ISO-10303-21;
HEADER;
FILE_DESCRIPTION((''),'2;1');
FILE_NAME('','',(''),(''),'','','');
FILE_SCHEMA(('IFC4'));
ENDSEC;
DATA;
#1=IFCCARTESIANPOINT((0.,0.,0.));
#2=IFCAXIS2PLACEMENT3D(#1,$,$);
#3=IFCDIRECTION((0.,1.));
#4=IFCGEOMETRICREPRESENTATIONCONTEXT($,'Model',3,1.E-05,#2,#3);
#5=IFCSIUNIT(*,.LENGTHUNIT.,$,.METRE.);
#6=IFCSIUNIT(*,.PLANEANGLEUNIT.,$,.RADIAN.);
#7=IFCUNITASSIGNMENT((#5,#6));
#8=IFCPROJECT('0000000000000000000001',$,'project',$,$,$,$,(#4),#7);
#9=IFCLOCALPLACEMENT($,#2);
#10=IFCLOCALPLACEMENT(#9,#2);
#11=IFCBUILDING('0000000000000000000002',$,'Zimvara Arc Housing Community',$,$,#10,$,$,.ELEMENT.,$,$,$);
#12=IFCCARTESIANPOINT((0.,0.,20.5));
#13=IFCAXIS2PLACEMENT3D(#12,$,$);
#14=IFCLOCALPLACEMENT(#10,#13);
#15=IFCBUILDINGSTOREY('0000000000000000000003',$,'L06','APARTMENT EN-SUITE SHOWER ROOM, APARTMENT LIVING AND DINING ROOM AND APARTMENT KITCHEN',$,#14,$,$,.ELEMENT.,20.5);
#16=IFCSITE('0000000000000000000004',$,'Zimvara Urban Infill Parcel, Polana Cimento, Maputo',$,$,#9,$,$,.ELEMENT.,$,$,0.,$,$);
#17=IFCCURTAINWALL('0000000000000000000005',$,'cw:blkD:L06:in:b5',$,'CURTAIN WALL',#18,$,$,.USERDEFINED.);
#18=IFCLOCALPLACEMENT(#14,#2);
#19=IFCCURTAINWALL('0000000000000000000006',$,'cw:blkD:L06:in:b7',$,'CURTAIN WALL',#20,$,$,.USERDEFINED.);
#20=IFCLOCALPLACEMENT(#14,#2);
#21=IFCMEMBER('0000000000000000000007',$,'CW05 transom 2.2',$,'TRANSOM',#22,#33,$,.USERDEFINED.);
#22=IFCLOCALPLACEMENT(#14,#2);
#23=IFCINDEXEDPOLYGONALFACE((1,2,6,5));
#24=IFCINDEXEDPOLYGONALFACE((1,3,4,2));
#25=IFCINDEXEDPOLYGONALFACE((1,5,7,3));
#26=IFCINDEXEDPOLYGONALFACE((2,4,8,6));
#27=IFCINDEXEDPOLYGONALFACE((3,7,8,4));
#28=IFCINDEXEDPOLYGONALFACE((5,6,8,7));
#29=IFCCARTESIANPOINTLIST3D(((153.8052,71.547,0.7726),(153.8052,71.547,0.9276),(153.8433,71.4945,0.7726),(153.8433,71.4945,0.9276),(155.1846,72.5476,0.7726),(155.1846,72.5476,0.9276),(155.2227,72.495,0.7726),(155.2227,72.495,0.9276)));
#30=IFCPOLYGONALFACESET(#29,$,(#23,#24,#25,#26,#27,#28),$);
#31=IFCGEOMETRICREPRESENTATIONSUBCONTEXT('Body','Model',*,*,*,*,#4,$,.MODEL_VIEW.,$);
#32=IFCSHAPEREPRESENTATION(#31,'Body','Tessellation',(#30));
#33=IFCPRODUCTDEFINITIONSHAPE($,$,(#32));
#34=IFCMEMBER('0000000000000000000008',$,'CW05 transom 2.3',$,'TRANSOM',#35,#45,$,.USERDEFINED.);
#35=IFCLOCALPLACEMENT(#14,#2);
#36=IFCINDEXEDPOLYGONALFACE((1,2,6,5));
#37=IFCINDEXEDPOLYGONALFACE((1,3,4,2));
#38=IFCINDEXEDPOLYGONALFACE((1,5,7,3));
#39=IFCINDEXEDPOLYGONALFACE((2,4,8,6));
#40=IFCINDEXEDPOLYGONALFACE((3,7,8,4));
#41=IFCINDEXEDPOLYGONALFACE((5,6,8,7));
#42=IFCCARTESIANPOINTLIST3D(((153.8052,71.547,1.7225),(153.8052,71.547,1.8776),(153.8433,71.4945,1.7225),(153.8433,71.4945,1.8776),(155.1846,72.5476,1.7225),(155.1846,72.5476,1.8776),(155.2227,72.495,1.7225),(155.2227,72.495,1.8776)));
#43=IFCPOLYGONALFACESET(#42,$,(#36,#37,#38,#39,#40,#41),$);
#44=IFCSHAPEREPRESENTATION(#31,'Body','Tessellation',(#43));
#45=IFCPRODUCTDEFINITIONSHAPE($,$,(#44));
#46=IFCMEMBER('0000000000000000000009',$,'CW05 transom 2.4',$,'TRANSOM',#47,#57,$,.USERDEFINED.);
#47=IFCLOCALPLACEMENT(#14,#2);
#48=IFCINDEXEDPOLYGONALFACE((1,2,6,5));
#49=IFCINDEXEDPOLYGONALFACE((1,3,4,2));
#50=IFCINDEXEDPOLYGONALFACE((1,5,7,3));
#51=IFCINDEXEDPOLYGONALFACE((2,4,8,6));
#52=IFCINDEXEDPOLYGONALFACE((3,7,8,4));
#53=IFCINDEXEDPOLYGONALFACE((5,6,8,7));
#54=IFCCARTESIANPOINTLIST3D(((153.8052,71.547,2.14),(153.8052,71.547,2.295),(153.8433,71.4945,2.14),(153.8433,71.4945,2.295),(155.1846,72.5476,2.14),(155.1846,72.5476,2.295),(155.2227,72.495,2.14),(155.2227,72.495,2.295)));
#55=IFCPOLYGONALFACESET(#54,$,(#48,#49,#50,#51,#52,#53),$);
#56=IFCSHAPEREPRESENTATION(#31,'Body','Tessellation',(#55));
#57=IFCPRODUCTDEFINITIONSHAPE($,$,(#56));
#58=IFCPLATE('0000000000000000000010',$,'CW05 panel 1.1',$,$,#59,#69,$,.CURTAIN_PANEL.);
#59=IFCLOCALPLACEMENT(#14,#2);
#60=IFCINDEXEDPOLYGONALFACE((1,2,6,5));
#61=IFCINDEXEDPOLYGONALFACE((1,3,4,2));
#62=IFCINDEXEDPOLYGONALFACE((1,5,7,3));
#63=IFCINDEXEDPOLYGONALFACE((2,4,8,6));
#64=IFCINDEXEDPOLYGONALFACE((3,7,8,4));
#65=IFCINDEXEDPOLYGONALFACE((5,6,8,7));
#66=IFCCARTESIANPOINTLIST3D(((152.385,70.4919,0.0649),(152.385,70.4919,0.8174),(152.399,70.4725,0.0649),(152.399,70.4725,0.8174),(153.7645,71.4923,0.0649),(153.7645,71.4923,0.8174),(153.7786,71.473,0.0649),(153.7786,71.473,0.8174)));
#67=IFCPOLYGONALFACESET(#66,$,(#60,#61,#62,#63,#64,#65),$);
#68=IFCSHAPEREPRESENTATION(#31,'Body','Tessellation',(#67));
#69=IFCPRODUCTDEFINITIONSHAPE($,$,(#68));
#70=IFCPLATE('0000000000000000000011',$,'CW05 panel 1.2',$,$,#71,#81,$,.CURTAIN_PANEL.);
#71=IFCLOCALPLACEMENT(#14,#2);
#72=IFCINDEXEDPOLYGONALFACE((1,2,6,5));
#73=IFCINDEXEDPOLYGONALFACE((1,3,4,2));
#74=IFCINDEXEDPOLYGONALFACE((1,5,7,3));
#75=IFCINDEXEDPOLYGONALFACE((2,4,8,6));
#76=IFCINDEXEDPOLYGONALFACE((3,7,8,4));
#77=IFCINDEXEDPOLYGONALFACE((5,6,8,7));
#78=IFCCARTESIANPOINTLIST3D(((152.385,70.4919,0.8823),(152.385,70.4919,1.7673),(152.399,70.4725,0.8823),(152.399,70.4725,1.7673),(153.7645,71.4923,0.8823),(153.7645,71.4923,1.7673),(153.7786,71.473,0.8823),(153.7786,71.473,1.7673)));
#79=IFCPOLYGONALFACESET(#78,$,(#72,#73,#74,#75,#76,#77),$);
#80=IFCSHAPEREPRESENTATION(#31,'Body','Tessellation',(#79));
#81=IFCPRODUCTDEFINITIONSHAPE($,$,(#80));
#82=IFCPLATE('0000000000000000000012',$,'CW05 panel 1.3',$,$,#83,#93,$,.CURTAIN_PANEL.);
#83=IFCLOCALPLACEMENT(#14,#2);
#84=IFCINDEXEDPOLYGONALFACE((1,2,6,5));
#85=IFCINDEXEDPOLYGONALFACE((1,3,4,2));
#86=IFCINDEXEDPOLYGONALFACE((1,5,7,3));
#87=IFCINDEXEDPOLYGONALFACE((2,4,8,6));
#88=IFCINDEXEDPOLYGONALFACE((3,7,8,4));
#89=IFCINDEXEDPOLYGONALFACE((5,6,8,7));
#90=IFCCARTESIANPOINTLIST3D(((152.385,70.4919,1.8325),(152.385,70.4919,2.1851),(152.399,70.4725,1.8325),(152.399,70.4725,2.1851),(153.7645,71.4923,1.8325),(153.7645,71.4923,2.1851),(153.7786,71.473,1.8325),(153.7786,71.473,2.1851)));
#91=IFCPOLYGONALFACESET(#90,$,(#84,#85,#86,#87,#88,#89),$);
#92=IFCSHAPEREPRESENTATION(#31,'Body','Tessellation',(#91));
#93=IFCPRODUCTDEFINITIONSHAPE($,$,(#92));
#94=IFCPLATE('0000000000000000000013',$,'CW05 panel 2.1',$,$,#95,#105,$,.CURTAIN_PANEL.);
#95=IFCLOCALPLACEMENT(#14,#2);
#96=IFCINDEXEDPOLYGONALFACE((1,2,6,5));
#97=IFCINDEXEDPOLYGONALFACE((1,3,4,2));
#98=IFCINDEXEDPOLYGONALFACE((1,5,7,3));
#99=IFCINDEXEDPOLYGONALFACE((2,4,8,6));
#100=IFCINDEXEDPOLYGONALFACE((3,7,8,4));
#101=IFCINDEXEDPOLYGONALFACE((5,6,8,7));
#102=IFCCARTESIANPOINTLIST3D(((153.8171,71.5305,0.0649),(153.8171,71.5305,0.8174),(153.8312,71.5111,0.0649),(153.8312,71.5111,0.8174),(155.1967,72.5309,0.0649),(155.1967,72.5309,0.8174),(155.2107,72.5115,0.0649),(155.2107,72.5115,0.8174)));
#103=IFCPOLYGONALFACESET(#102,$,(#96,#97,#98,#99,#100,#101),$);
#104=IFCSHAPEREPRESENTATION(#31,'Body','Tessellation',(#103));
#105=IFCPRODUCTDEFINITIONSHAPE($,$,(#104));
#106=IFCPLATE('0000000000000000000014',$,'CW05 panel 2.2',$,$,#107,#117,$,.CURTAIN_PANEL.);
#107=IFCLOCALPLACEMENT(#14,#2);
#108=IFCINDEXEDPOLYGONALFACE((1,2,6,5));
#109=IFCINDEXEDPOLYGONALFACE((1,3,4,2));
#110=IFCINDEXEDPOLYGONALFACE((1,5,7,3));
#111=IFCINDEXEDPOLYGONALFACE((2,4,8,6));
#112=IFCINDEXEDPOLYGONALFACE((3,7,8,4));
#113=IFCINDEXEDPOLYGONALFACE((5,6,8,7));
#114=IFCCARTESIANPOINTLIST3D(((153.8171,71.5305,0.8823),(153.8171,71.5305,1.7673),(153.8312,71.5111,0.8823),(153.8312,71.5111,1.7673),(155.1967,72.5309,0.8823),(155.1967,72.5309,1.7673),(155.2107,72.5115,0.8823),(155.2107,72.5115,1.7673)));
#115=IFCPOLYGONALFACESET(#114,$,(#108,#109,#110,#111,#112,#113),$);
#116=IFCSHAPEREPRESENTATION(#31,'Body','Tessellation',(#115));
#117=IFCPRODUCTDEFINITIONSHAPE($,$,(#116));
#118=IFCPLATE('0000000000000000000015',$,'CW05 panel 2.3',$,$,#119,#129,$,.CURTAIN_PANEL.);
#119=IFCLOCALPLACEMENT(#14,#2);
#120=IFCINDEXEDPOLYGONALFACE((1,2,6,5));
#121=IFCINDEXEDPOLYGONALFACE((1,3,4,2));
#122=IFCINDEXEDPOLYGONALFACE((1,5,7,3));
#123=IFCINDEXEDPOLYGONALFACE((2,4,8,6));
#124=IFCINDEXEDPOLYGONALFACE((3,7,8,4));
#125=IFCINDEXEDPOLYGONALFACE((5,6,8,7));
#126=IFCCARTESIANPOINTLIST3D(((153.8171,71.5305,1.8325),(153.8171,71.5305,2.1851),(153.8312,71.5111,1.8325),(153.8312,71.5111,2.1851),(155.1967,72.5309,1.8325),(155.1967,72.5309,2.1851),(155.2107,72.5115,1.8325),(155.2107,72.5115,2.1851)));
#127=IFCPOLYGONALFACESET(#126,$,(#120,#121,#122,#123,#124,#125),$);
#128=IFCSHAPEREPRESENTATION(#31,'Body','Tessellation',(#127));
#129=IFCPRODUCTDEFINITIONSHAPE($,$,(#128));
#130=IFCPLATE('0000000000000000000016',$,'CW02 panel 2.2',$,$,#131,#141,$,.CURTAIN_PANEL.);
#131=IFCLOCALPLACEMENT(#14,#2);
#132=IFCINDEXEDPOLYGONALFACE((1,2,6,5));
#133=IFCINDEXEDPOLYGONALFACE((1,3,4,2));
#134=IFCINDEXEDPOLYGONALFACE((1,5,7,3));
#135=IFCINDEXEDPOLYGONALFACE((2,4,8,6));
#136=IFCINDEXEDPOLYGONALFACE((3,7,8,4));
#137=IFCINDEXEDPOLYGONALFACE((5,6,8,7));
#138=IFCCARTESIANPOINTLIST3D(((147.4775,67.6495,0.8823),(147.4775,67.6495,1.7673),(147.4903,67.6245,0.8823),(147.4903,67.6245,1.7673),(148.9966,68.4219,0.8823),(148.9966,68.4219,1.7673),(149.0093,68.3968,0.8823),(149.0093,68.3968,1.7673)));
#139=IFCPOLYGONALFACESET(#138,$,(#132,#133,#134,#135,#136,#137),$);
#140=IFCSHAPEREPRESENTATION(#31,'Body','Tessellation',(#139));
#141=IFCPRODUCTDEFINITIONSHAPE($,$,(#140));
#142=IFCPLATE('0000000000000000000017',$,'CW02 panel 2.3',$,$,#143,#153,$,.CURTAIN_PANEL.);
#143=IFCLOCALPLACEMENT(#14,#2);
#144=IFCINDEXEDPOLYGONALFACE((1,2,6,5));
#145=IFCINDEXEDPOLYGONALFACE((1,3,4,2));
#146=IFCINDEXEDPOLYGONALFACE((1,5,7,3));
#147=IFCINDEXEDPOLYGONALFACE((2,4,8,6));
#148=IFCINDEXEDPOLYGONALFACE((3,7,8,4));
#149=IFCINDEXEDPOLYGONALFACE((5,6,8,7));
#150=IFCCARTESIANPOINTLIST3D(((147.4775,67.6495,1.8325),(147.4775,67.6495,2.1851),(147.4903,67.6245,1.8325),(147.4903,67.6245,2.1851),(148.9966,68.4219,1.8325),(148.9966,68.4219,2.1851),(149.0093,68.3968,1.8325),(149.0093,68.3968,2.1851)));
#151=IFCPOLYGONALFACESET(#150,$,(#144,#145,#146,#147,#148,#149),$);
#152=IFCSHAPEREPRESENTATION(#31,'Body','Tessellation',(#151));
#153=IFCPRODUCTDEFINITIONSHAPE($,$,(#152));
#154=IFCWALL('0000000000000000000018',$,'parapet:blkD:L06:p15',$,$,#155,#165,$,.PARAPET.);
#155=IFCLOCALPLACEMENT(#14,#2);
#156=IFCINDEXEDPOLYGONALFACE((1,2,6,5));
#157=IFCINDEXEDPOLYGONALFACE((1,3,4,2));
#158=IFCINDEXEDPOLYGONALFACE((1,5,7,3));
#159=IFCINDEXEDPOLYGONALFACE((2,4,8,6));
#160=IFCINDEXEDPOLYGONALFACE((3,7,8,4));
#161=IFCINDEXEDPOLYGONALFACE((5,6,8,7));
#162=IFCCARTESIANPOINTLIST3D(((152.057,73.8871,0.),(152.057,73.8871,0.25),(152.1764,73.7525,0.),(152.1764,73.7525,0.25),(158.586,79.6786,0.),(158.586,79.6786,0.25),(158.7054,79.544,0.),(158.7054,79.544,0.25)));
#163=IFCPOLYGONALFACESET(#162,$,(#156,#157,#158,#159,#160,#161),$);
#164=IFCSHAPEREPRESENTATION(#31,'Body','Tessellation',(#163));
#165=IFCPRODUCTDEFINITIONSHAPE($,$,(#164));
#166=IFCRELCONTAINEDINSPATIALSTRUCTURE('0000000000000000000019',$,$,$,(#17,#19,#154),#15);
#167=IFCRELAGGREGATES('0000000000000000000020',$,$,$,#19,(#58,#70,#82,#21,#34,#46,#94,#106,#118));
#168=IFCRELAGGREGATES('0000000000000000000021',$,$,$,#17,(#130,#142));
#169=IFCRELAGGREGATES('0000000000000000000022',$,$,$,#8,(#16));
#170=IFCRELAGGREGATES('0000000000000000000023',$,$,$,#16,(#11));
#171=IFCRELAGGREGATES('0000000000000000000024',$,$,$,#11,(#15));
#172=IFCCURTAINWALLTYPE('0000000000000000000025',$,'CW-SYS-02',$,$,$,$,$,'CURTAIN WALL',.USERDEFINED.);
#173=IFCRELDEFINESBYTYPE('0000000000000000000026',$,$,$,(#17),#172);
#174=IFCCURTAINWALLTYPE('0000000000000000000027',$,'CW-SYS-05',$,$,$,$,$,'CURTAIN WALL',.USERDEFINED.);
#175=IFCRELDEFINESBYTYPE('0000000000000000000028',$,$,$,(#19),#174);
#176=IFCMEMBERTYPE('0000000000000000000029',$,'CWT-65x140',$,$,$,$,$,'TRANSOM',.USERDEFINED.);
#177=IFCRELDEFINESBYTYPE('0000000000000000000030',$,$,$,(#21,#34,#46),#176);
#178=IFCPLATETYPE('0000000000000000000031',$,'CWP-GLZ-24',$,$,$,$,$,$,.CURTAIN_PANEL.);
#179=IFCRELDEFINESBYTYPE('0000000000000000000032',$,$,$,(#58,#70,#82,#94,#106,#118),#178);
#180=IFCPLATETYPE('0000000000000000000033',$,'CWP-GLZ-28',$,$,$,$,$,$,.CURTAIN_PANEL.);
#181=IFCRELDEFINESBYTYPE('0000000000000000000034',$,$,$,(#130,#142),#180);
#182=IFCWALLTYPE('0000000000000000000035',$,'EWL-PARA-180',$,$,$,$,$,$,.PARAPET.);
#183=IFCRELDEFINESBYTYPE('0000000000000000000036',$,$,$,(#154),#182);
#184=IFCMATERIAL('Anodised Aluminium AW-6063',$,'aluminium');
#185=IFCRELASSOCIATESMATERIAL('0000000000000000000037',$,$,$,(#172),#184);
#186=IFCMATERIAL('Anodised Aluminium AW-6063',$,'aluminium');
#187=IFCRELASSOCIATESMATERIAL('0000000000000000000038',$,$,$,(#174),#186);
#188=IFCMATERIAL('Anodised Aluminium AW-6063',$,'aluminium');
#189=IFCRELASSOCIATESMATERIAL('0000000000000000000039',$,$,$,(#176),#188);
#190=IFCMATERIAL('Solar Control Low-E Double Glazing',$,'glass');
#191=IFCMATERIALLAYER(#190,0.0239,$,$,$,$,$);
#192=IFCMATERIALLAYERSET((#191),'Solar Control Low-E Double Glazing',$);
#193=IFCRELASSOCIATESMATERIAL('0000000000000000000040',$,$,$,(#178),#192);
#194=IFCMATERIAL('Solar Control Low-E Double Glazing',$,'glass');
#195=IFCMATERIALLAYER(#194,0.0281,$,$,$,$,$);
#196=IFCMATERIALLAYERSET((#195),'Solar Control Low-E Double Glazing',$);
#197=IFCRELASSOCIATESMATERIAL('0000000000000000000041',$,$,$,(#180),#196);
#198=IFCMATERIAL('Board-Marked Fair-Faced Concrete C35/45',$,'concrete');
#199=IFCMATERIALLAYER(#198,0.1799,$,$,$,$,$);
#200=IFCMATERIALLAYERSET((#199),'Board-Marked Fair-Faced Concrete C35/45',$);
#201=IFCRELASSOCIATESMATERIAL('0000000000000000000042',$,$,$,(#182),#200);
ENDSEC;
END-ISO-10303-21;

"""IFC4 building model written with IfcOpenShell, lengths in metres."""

from ifc_helpers import new_model, si_unit, direction, frame, frame_2d, origin, origin_2d, place, context, subcontext, project, spatial, rectangle, extrude, material, layer, layer_set, material_profile, profile_set, type_object, element, aggregate, save


model = new_model("IFC4")

# Units and contexts
model_context = context("Model", 3, precision=1e-05, world=origin(), true_north=direction((0.0, 1.0)))
body_context = subcontext(model_context, "Body", "Model", "MODEL_VIEW")
ifc_project = project(units=[si_unit("LENGTHUNIT", "METRE"), si_unit("PLANEANGLEUNIT", "RADIAN")], contexts=[model_context])

# Site, building, storey
site_placement = place(None, origin())
site = spatial("IfcSite", under=ifc_project, at=site_placement, Name="Zimvara Urban Infill Parcel, Polana Cimento, Maputo", CompositionType="ELEMENT", RefElevation=0.0)
building_placement = place(site_placement, origin())
building = spatial("IfcBuilding", under=site, at=building_placement, Name="Zimvara Arc Housing Community", CompositionType="ELEMENT")
storey_placement = place(building_placement, frame((0.0, 0.0, 20.5)))
storey = spatial("IfcBuildingStorey", under=building, at=storey_placement, Name="L06", Description="APARTMENT EN-SUITE SHOWER ROOM, APARTMENT LIVING AND DINING ROOM AND APARTMENT KITCHEN", CompositionType="ELEMENT", Elevation=20.5)

# Curtain wall
ifc_material_1 = material(Name="Anodised Aluminium AW-6063", Category="aluminium")
curtain_wall_type_1 = type_object("IfcCurtainWallType", Name="CW-SYS-02", ElementType="CURTAIN WALL", PredefinedType="USERDEFINED", material=ifc_material_1)
curtain_wall_1_placement = place(storey_placement, origin())
curtain_wall_1 = element("IfcCurtainWall", 1, at=curtain_wall_1_placement, inside=storey, type_object=curtain_wall_type_1, Name="cw:blkD:L06:in:b5", ObjectType="CURTAIN WALL", PredefinedType="USERDEFINED")

# Curtain wall, members, plates
ifc_material_2 = material(Name="Anodised Aluminium AW-6063", Category="aluminium")
curtain_wall_type_2 = type_object("IfcCurtainWallType", Name="CW-SYS-05", ElementType="CURTAIN WALL", PredefinedType="USERDEFINED", material=ifc_material_2)
curtain_wall_2_placement = place(storey_placement, origin())
curtain_wall_2 = element("IfcCurtainWall", 2, at=curtain_wall_2_placement, inside=storey, type_object=curtain_wall_type_2, Name="cw:blkD:L06:in:b7", ObjectType="CURTAIN WALL", PredefinedType="USERDEFINED")
ifc_material_3 = material(Name="Anodised Aluminium AW-6063", Category="aluminium")
ifc_material_profile_1 = material_profile(ifc_material_3, rectangle(XDim=0.0649, YDim=0.155, at=origin_2d()), Name="ALU 65x155")
ifc_profile_set_1 = profile_set([ifc_material_profile_1], Name="Anodised Aluminium AW-6063")
member_type_1 = type_object("IfcMemberType", Name="CWT-65x140", ElementType="TRANSOM", PredefinedType="USERDEFINED", material=ifc_profile_set_1)
member_1_placement = place(storey_placement, frame((153.8242, 71.5208, 0.8501), z_axis=(0.809491, 0.587132, 0.0), x_axis=(-0.587132, 0.809491, 0.0)))
member_1 = element("IfcMember", 3, at=member_1_placement, type_object=member_type_1, Name="CW05 transom 2.2", ObjectType="TRANSOM", PredefinedType="USERDEFINED", context=body_context, shape_type="SweptSolid", body=[
    extrude(rectangle(XDim=0.0649, YDim=0.155, at=origin_2d()), origin(), (0.0, 0.0, 1.0), 1.7041),
])
member_2_placement = place(storey_placement, frame((153.8242, 71.5208, 1.8), z_axis=(0.809491, 0.587132, 0.0), x_axis=(-0.587132, 0.809491, 0.0)))
member_2 = element("IfcMember", 4, at=member_2_placement, type_object=member_type_1, Name="CW05 transom 2.3", ObjectType="TRANSOM", PredefinedType="USERDEFINED", context=body_context, shape_type="SweptSolid", body=[
    extrude(rectangle(XDim=0.0649, YDim=0.155, at=origin_2d()), origin(), (0.0, 0.0, 1.0), 1.7041),
])
member_3_placement = place(storey_placement, frame((153.8242, 71.5208, 2.2175), z_axis=(0.809491, 0.587132, 0.0), x_axis=(-0.587132, 0.809491, 0.0)))
member_3 = element("IfcMember", 5, at=member_3_placement, type_object=member_type_1, Name="CW05 transom 2.4", ObjectType="TRANSOM", PredefinedType="USERDEFINED", context=body_context, shape_type="SweptSolid", body=[
    extrude(rectangle(XDim=0.0649, YDim=0.155, at=origin_2d()), origin(), (0.0, 0.0, 1.0), 1.7041),
])
ifc_material_4 = material(Name="Solar Control Low-E Double Glazing", Category="glass")
ifc_layer_1 = layer(ifc_material_4, 0.0239)
ifc_layer_set_1 = layer_set([ifc_layer_1], Name="Solar Control Low-E Double Glazing")
plate_type_1 = type_object("IfcPlateType", Name="CWP-GLZ-24", PredefinedType="CURTAIN_PANEL", material=ifc_layer_set_1)
plate_1_placement = place(storey_placement, frame((153.0818, 70.9824, 0.0649), z_axis=(0.0, 0.0, 1.0), x_axis=(0.80953, 0.587079, 0.0)))
plate_1 = element("IfcPlate", 6, at=plate_1_placement, type_object=plate_type_1, Name="CW05 panel 1.1", PredefinedType="CURTAIN_PANEL", context=body_context, shape_type="SweptSolid", body=[
    extrude(rectangle(XDim=1.7041, YDim=0.0239, at=origin_2d()), origin(), (0.0, 0.0, 1.0), 0.7524),
])
plate_2_placement = place(storey_placement, frame((153.0818, 70.9824, 0.8823), z_axis=(0.0, 0.0, 1.0), x_axis=(0.80953, 0.587079, 0.0)))
plate_2 = element("IfcPlate", 7, at=plate_2_placement, type_object=plate_type_1, Name="CW05 panel 1.2", PredefinedType="CURTAIN_PANEL", context=body_context, shape_type="SweptSolid", body=[
    extrude(rectangle(XDim=1.7041, YDim=0.0239, at=origin_2d()), origin(), (0.0, 0.0, 1.0), 0.885),
])
plate_3_placement = place(storey_placement, frame((153.0818, 70.9824, 1.8325), z_axis=(0.0, 0.0, 1.0), x_axis=(0.80953, 0.587079, 0.0)))
plate_3 = element("IfcPlate", 8, at=plate_3_placement, type_object=plate_type_1, Name="CW05 panel 1.3", PredefinedType="CURTAIN_PANEL", context=body_context, shape_type="SweptSolid", body=[
    extrude(rectangle(XDim=1.7041, YDim=0.0239, at=origin_2d()), origin(), (0.0, 0.0, 1.0), 0.3525),
])
plate_4_placement = place(storey_placement, frame((154.5139, 72.021, 0.0649), z_axis=(0.0, 0.0, 1.0), x_axis=(0.80953, 0.587079, 0.0)))
plate_4 = element("IfcPlate", 9, at=plate_4_placement, type_object=plate_type_1, Name="CW05 panel 2.1", PredefinedType="CURTAIN_PANEL", context=body_context, shape_type="SweptSolid", body=[
    extrude(rectangle(XDim=1.7041, YDim=0.0239, at=origin_2d()), origin(), (0.0, 0.0, 1.0), 0.7524),
])
plate_5_placement = place(storey_placement, frame((154.5139, 72.021, 0.8823), z_axis=(0.0, 0.0, 1.0), x_axis=(0.80953, 0.587079, 0.0)))
plate_5 = element("IfcPlate", 10, at=plate_5_placement, type_object=plate_type_1, Name="CW05 panel 2.2", PredefinedType="CURTAIN_PANEL", context=body_context, shape_type="SweptSolid", body=[
    extrude(rectangle(XDim=1.7041, YDim=0.0239, at=origin_2d()), origin(), (0.0, 0.0, 1.0), 0.885),
])
plate_6_placement = place(storey_placement, frame((154.5139, 72.021, 1.8325), z_axis=(0.0, 0.0, 1.0), x_axis=(0.80953, 0.587079, 0.0)))
plate_6 = element("IfcPlate", 11, at=plate_6_placement, type_object=plate_type_1, Name="CW05 panel 2.3", PredefinedType="CURTAIN_PANEL", context=body_context, shape_type="SweptSolid", body=[
    extrude(rectangle(XDim=1.7041, YDim=0.0239, at=origin_2d()), origin(), (0.0, 0.0, 1.0), 0.3525),
])
aggregate(curtain_wall_2, [plate_1, plate_2, plate_3, member_1, member_2, member_3, plate_4, plate_5, plate_6])

# Plates
ifc_material_5 = material(Name="Solar Control Low-E Double Glazing", Category="glass")
ifc_layer_2 = layer(ifc_material_5, 0.0281)
ifc_layer_set_2 = layer_set([ifc_layer_2], Name="Solar Control Low-E Double Glazing")
plate_type_2 = type_object("IfcPlateType", Name="CWP-GLZ-28", PredefinedType="CURTAIN_PANEL", material=ifc_layer_set_2)
plate_7_placement = place(storey_placement, frame((148.2434, 68.0232, 0.8823), z_axis=(0.0, 0.0, 1.0), x_axis=(0.891402, 0.453213, 0.0)))
plate_7 = element("IfcPlate", 12, at=plate_7_placement, type_object=plate_type_2, Name="CW02 panel 2.2", PredefinedType="CURTAIN_PANEL", context=body_context, shape_type="SweptSolid", body=[
    extrude(rectangle(XDim=1.7041, YDim=0.0281, at=origin_2d()), origin(), (0.0, 0.0, 1.0), 0.885),
])
plate_8_placement = place(storey_placement, frame((148.2434, 68.0232, 1.8325), z_axis=(0.0, 0.0, 1.0), x_axis=(0.891402, 0.453213, 0.0)))
plate_8 = element("IfcPlate", 13, at=plate_8_placement, type_object=plate_type_2, Name="CW02 panel 2.3", PredefinedType="CURTAIN_PANEL", context=body_context, shape_type="SweptSolid", body=[
    extrude(rectangle(XDim=1.7041, YDim=0.0281, at=origin_2d()), origin(), (0.0, 0.0, 1.0), 0.3525),
])
aggregate(curtain_wall_1, [plate_7, plate_8])

# Wall
ifc_material_6 = material(Name="Board-Marked Fair-Faced Concrete C35/45", Category="concrete")
ifc_layer_3 = layer(ifc_material_6, 0.1799)
ifc_layer_set_3 = layer_set([ifc_layer_3], Name="Board-Marked Fair-Faced Concrete C35/45")
wall_type_1 = type_object("IfcWallType", Name="EWL-PARA-180", PredefinedType="PARAPET", material=ifc_layer_set_3)
wall_1_placement = place(storey_placement, frame((152.1167, 73.8198, 0.0), z_axis=(0.0, 0.0, 1.0), x_axis=(0.748097, 0.663589, 0.0)))
element("IfcWall", 14, at=wall_1_placement, inside=storey, type_object=wall_type_1, Name="parapet:blkD:L06:p15", PredefinedType="PARAPET", context=body_context, shape_type="SweptSolid", body=[
    extrude(rectangle(XDim=8.7275, YDim=0.1799, at=frame_2d((4.3638, 0.0))), origin(), (0.0, 0.0, 1.0), 0.25),
])

save(model, "model.ifc")
